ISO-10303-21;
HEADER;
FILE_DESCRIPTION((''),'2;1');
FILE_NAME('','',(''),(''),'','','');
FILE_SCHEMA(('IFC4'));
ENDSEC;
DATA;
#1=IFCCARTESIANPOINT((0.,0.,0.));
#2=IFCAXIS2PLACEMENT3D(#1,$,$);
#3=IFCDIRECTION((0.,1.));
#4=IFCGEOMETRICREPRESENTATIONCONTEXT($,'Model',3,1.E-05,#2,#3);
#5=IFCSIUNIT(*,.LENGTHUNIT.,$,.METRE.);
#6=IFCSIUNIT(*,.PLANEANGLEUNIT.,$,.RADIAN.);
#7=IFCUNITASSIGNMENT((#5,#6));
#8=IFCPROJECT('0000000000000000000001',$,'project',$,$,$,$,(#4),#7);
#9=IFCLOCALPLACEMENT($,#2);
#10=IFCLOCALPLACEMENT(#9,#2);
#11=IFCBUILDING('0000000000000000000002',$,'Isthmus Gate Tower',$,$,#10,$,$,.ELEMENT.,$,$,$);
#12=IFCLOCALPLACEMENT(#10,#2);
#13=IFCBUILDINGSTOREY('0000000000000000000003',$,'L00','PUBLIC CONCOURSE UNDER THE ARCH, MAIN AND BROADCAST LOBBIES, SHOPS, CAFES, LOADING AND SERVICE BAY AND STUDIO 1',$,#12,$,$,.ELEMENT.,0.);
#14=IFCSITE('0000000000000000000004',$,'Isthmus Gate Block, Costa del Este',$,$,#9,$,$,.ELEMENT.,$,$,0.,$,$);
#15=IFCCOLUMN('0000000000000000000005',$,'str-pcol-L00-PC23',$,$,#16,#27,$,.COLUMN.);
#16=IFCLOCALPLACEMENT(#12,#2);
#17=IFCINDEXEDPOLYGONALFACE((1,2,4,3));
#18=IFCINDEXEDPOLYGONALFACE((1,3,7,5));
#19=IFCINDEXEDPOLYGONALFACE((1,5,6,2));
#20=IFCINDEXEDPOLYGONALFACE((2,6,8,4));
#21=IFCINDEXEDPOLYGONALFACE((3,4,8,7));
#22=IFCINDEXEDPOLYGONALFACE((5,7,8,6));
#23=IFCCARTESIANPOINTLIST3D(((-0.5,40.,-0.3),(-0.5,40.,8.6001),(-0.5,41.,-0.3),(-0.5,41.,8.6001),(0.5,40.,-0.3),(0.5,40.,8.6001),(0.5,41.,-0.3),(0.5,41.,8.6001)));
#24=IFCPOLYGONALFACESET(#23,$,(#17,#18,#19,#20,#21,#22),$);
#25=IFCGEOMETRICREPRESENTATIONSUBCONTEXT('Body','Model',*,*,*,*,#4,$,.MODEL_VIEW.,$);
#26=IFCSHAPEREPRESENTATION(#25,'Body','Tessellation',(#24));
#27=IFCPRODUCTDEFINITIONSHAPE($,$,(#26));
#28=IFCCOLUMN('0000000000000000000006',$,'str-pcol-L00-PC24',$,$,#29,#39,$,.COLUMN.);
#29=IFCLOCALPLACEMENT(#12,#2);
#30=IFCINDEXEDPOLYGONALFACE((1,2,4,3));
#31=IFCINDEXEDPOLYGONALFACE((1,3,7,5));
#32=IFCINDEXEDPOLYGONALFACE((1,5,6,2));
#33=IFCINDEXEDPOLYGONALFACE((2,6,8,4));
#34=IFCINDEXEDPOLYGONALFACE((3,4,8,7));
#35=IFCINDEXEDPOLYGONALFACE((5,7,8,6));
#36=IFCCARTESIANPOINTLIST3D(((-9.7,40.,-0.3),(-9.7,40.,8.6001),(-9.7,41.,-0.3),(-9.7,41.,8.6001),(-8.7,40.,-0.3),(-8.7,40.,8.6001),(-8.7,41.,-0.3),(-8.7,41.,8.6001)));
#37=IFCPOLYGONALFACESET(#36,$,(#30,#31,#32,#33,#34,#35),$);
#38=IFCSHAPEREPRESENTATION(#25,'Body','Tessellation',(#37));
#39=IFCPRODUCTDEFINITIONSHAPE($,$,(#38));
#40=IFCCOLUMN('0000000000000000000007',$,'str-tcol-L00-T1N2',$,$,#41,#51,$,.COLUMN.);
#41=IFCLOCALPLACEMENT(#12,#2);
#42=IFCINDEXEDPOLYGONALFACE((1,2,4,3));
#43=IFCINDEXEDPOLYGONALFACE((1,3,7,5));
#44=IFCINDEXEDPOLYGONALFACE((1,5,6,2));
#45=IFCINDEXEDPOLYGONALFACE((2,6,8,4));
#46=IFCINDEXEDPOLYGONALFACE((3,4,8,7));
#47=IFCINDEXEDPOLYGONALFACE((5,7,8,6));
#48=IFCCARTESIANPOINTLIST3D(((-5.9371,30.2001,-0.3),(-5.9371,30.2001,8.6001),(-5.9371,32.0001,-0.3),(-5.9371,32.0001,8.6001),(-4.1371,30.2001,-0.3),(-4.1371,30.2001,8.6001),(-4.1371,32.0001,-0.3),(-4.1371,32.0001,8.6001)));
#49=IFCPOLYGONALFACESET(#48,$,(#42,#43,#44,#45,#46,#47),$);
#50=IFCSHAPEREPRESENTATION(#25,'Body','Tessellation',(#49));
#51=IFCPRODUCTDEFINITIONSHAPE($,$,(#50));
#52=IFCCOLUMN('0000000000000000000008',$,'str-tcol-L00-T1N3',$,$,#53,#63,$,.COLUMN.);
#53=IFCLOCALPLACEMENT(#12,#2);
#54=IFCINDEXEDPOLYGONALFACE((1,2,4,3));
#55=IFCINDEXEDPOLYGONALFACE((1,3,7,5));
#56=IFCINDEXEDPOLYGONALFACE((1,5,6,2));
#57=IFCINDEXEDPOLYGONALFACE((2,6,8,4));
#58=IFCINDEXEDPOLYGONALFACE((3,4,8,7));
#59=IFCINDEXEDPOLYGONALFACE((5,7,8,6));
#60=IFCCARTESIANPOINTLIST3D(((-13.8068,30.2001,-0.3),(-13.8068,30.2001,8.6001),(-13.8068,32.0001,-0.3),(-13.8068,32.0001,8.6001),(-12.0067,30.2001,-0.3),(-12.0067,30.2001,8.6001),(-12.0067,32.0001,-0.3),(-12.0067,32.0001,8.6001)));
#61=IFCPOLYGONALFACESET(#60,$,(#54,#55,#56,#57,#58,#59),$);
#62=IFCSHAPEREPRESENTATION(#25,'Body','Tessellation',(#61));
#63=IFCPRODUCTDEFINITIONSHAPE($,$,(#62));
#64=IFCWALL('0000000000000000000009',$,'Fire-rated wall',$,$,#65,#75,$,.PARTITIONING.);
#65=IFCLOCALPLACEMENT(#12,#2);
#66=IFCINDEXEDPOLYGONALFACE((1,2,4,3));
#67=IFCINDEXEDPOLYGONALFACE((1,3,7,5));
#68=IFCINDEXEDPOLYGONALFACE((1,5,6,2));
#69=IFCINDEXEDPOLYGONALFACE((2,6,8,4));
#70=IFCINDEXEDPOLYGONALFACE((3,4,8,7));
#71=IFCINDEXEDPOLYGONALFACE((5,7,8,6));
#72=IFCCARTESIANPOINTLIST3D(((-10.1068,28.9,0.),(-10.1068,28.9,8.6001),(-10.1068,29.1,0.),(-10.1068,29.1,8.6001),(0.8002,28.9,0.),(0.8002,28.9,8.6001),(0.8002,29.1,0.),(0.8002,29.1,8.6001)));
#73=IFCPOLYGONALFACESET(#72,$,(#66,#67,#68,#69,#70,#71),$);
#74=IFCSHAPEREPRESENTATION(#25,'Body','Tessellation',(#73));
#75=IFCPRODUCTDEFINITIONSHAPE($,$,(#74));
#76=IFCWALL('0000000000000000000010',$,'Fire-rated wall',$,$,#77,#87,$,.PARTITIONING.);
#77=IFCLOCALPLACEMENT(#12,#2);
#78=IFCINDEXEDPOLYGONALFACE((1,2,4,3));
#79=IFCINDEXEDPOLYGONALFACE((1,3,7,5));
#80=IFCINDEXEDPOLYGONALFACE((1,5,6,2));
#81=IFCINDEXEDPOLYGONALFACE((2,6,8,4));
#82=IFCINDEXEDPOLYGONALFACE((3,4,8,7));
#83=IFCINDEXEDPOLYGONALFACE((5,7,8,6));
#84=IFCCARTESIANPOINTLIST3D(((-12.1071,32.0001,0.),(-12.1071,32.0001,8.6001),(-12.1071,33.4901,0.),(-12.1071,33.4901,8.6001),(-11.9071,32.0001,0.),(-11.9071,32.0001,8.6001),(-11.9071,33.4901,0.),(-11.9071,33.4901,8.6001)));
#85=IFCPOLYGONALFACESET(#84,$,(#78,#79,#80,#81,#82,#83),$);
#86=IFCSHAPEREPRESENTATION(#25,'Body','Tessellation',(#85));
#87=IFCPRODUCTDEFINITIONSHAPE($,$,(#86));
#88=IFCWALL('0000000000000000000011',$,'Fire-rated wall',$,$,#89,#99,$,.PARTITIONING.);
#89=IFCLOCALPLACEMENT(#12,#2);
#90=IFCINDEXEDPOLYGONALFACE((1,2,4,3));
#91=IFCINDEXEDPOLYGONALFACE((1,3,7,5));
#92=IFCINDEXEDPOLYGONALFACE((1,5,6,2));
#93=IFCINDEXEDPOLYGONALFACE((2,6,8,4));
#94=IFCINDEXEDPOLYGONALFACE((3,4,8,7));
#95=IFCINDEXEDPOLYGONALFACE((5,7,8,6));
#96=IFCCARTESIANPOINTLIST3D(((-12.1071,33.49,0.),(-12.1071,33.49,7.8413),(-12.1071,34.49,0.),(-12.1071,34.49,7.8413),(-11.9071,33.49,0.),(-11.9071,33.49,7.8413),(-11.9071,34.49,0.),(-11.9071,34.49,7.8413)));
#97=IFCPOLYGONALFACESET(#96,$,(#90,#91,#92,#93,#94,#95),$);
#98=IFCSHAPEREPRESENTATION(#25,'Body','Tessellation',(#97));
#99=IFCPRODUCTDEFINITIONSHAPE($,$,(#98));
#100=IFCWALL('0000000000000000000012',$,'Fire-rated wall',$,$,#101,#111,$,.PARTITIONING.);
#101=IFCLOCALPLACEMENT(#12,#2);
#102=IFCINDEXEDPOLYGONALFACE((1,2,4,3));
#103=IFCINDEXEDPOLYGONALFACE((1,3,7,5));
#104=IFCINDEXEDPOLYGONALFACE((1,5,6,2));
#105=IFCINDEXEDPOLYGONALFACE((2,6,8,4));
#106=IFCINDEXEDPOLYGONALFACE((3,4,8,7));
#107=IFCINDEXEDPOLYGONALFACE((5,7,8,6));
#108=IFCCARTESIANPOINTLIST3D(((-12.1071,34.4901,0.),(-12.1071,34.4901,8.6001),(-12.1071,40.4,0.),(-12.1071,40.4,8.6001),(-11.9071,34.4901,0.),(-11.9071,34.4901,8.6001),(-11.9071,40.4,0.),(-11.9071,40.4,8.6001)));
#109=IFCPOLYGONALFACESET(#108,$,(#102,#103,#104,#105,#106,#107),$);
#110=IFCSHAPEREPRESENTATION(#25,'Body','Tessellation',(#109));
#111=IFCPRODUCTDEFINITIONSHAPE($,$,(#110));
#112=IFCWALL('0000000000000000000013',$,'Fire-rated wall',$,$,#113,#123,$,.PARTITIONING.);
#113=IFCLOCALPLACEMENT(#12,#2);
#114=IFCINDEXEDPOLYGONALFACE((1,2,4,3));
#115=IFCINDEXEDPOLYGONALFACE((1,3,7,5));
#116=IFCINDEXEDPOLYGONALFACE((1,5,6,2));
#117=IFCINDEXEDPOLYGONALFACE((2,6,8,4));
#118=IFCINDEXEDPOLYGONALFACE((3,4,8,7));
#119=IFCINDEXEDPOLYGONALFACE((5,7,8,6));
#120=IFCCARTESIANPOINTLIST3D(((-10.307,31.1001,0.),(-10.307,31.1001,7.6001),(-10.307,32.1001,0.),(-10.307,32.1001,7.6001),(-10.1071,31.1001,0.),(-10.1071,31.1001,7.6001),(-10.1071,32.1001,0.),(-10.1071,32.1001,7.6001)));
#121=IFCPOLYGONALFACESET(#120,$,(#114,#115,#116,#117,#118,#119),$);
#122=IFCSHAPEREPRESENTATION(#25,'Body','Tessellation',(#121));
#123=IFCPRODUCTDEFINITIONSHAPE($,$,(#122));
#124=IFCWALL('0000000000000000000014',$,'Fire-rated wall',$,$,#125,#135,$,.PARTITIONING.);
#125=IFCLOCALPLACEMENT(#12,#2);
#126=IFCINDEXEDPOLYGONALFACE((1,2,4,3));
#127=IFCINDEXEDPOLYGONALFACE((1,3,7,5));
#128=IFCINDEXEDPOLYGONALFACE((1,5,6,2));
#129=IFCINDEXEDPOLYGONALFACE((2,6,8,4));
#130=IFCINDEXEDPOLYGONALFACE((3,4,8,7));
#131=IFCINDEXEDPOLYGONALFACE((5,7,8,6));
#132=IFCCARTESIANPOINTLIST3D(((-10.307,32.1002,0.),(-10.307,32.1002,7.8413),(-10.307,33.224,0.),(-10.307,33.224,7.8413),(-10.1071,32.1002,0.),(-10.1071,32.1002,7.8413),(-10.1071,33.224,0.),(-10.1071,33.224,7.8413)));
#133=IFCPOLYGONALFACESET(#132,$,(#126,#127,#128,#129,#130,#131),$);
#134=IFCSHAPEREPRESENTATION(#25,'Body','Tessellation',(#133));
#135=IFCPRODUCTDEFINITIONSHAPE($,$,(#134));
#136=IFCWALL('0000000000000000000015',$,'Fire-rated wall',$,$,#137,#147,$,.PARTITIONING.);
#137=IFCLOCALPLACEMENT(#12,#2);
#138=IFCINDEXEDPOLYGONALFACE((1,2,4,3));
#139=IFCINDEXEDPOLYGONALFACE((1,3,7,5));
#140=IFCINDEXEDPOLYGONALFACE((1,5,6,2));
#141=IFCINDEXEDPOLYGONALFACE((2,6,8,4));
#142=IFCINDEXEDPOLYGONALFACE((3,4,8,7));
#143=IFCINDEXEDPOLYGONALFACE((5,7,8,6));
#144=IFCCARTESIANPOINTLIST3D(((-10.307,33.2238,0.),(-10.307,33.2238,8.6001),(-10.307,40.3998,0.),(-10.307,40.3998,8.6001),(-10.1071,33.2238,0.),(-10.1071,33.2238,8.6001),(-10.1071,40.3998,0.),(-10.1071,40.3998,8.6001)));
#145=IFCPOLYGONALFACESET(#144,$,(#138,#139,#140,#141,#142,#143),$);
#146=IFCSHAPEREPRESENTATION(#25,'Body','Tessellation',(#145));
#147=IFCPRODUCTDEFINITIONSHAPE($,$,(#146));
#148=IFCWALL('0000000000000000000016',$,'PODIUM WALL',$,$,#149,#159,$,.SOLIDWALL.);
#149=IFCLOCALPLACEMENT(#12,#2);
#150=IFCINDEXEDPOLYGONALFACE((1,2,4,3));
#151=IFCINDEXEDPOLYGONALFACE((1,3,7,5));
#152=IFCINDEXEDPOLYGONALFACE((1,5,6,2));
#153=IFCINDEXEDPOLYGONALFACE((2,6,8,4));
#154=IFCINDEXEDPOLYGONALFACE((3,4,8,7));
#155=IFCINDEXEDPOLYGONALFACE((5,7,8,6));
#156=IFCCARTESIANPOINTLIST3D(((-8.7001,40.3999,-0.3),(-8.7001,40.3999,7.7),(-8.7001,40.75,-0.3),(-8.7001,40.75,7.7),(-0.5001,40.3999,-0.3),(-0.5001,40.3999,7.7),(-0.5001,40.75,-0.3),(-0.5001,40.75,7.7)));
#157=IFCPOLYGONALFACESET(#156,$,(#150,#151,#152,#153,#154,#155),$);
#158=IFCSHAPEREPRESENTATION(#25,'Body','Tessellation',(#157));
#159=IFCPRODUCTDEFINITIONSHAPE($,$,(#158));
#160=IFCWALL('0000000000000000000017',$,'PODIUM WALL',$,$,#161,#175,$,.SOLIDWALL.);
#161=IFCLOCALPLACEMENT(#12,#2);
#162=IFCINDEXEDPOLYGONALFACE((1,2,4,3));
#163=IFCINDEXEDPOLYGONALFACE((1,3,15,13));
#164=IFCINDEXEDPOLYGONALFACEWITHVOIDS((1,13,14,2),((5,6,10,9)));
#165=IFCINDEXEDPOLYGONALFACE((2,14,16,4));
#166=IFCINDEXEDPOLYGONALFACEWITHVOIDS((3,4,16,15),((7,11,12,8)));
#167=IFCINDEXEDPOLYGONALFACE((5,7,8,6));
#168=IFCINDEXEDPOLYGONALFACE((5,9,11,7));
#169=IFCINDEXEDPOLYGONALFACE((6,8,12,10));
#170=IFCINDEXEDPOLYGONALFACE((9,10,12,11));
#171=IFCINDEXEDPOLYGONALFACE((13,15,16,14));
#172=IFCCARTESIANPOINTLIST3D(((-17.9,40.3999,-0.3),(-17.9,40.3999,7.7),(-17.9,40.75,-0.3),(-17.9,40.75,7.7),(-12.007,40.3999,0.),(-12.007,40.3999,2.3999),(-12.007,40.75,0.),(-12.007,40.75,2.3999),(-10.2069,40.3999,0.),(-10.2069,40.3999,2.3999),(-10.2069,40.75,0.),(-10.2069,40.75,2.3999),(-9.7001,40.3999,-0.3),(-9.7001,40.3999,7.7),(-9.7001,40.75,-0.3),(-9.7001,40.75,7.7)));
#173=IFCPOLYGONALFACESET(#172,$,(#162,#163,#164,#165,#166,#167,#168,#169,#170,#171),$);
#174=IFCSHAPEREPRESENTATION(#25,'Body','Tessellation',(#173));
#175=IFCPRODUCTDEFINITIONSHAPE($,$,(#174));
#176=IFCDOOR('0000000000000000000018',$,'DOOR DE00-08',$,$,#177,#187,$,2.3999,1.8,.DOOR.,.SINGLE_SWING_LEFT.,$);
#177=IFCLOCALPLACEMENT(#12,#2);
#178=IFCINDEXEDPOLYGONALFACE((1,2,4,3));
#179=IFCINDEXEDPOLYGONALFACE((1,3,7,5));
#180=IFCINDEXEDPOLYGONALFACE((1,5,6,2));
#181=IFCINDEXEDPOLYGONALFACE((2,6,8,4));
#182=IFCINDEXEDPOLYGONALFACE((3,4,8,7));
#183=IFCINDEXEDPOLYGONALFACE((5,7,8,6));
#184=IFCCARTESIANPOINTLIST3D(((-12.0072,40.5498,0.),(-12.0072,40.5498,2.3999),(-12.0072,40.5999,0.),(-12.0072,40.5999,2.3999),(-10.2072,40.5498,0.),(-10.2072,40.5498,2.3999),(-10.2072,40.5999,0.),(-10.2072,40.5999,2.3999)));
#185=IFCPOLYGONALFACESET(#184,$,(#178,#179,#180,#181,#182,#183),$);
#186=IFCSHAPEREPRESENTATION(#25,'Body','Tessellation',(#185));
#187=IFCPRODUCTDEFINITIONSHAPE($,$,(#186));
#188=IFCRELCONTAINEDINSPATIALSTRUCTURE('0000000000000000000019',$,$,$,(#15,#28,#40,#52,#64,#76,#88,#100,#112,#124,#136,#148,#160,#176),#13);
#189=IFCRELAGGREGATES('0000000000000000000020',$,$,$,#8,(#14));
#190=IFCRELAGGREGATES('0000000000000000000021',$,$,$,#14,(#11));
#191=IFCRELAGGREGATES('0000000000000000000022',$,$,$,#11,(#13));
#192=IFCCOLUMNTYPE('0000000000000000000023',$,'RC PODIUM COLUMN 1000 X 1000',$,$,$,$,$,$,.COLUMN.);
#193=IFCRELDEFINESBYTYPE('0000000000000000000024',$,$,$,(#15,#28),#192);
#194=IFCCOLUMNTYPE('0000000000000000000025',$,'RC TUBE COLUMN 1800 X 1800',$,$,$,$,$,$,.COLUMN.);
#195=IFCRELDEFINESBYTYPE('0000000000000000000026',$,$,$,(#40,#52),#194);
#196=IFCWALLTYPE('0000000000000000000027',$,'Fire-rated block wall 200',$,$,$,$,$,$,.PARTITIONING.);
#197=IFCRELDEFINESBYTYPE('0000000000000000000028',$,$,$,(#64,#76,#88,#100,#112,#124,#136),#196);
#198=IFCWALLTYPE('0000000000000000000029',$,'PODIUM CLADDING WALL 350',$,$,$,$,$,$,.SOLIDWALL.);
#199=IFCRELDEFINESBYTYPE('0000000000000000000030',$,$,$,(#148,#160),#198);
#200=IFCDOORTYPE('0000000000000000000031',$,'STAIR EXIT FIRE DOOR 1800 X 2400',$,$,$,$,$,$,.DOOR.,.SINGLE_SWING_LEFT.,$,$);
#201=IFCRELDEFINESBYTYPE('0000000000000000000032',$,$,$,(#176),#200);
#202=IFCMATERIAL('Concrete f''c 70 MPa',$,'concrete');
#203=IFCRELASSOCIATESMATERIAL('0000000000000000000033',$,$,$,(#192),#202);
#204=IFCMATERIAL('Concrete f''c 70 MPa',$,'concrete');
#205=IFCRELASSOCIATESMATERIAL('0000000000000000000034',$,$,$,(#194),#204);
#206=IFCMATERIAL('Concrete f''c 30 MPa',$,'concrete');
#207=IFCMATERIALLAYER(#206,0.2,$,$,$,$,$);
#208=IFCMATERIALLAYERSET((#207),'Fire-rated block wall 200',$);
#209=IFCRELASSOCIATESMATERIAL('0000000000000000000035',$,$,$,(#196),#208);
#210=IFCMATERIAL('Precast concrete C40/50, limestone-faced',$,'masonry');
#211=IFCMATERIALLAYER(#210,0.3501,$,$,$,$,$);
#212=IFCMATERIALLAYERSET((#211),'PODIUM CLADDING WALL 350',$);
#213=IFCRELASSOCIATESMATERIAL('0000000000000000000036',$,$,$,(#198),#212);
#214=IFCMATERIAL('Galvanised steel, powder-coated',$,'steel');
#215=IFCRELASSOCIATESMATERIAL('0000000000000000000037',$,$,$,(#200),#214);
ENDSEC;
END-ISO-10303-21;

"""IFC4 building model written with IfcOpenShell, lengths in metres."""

from ifc_helpers import new_model, si_unit, direction, frame, frame_2d, origin, origin_2d, place, context, subcontext, project, spatial, rectangle, extrude, material, layer, layer_set, material_profile, profile_set, type_object, element, fill, save


model = new_model("IFC4")

# Units and contexts
model_context = context("Model", 3, precision=1e-05, world=origin(), true_north=direction((0.0, 1.0)))
body_context = subcontext(model_context, "Body", "Model", "MODEL_VIEW")
ifc_project = project(units=[si_unit("LENGTHUNIT", "METRE"), si_unit("PLANEANGLEUNIT", "RADIAN")], contexts=[model_context])

# Site, building, storey
site_placement = place(None, origin())
site = spatial("IfcSite", under=ifc_project, at=site_placement, Name="Isthmus Gate Block, Costa del Este", CompositionType="ELEMENT", RefElevation=0.0)
building_placement = place(site_placement, origin())
building = spatial("IfcBuilding", under=site, at=building_placement, Name="Isthmus Gate Tower", CompositionType="ELEMENT")
storey_placement = place(building_placement, origin())
storey = spatial("IfcBuildingStorey", under=building, at=storey_placement, Name="L00", Description="PUBLIC CONCOURSE UNDER THE ARCH, MAIN AND BROADCAST LOBBIES, SHOPS, CAFES, LOADING AND SERVICE BAY AND STUDIO 1", CompositionType="ELEMENT", Elevation=0.0)

# Columns
ifc_material_1 = material(Name="Concrete f'c 70 MPa", Category="concrete")
ifc_material_profile_1 = material_profile(ifc_material_1, rectangle(XDim=1.0, YDim=1.0, at=origin_2d()), Name="RC 1000X1000")
ifc_profile_set_1 = profile_set([ifc_material_profile_1], Name="Concrete f'c 70 MPa")
column_type_1 = type_object("IfcColumnType", Name="RC PODIUM COLUMN 1000 X 1000", PredefinedType="COLUMN", material=ifc_profile_set_1)
for number, where, z_axis, x_axis, name in (
    (1, (0.0, 40.5, -0.3), (0.0, 0.0, 1.0), (-1.0, 0.0, 0.0), "str-pcol-L00-PC23"),
    (2, (-9.2, 40.5, -0.3), (0.0, 0.0, 1.0), (-1.0, 0.0, 0.0), "str-pcol-L00-PC24"),
):
    element("IfcColumn", number, at=place(storey_placement, frame(where, z_axis=z_axis, x_axis=x_axis)), inside=storey, type_object=column_type_1, Name=name, PredefinedType="COLUMN", context=body_context, shape_type="SweptSolid", body=[
        extrude(rectangle(XDim=1.0, YDim=1.0, at=origin_2d()), origin(), (0.0, 0.0, 1.0), 8.9001),
    ])
ifc_material_2 = material(Name="Concrete f'c 70 MPa", Category="concrete")
ifc_material_profile_2 = material_profile(ifc_material_2, rectangle(XDim=1.8, YDim=1.8, at=origin_2d()), Name="RC 1800X1800")
ifc_profile_set_2 = profile_set([ifc_material_profile_2], Name="Concrete f'c 70 MPa")
column_type_2 = type_object("IfcColumnType", Name="RC TUBE COLUMN 1800 X 1800", PredefinedType="COLUMN", material=ifc_profile_set_2)
for number, where, z_axis, x_axis, name in (
    (3, (-5.0371, 31.1001, -0.3), (0.0, 0.0, 1.0), (-1.0, 0.0, 0.0), "str-tcol-L00-T1N2"),
    (4, (-12.9067, 31.1001, -0.3), (0.0, 0.0, 1.0), (-1.0, 0.0, 0.0), "str-tcol-L00-T1N3"),
):
    element("IfcColumn", number, at=place(storey_placement, frame(where, z_axis=z_axis, x_axis=x_axis)), inside=storey, type_object=column_type_2, Name=name, PredefinedType="COLUMN", context=body_context, shape_type="SweptSolid", body=[
        extrude(rectangle(XDim=1.8, YDim=1.8, at=origin_2d()), origin(), (0.0, 0.0, 1.0), 8.9001),
    ])

# Walls
ifc_material_3 = material(Name="Concrete f'c 30 MPa", Category="concrete")
ifc_layer_1 = layer(ifc_material_3, 0.2)
ifc_layer_set_1 = layer_set([ifc_layer_1], Name="Fire-rated block wall 200")
wall_type_1 = type_object("IfcWallType", Name="Fire-rated block wall 200", PredefinedType="PARTITIONING", material=ifc_layer_set_1)
wall_1_placement = place(storey_placement, frame((-10.1069, 29.0, 0.0), z_axis=(0.0, 0.0, 1.0), x_axis=(1.0, 0.0, 0.0)))
element("IfcWall", 5, at=wall_1_placement, inside=storey, type_object=wall_type_1, Name="Fire-rated wall", PredefinedType="PARTITIONING", context=body_context, shape_type="SweptSolid", body=[
    extrude(rectangle(XDim=10.907, YDim=0.2, at=frame_2d((5.4536, 0.0))), origin(), (0.0, 0.0, 1.0), 8.6001),
])
wall_2_placement = place(storey_placement, frame((-12.0071, 32.0, 0.0), z_axis=(0.0, 0.0, 1.0), x_axis=(0.0, 1.0, 0.0)))
element("IfcWall", 6, at=wall_2_placement, inside=storey, type_object=wall_type_1, Name="Fire-rated wall", PredefinedType="PARTITIONING", context=body_context, shape_type="SweptSolid", body=[
    extrude(rectangle(XDim=1.49, YDim=0.2, at=frame_2d((0.7451, 0.0))), origin(), (0.0, 0.0, 1.0), 8.6001),
])
wall_3_placement = place(storey_placement, frame((-12.0071, 33.49, 0.0), z_axis=(0.0, 0.0, 1.0), x_axis=(0.0, 1.0, 0.0)))
element("IfcWall", 7, at=wall_3_placement, inside=storey, type_object=wall_type_1, Name="Fire-rated wall", PredefinedType="PARTITIONING", context=body_context, shape_type="SweptSolid", body=[
    extrude(rectangle(XDim=1.0, YDim=0.2, at=frame_2d((0.5, 0.0))), origin(), (0.0, 0.0, 1.0), 7.8413),
])
wall_4_placement = place(storey_placement, frame((-12.0071, 34.49, 0.0), z_axis=(0.0, 0.0, 1.0), x_axis=(0.0, 1.0, 0.0)))
element("IfcWall", 8, at=wall_4_placement, inside=storey, type_object=wall_type_1, Name="Fire-rated wall", PredefinedType="PARTITIONING", context=body_context, shape_type="SweptSolid", body=[
    extrude(rectangle(XDim=5.9099, YDim=0.2, at=frame_2d((2.9551, 0.0))), origin(), (0.0, 0.0, 1.0), 8.6001),
])
wall_5_placement = place(storey_placement, frame((-10.207, 31.1001, 0.0), z_axis=(0.0, 0.0, 1.0), x_axis=(0.0, 1.0, 0.0)))
element("IfcWall", 9, at=wall_5_placement, inside=storey, type_object=wall_type_1, Name="Fire-rated wall", PredefinedType="PARTITIONING", context=body_context, shape_type="SweptSolid", body=[
    extrude(rectangle(XDim=1.0, YDim=0.2, at=frame_2d((0.5, 0.0))), origin(), (0.0, 0.0, 1.0), 7.6001),
])
wall_6_placement = place(storey_placement, frame((-10.207, 32.1001, 0.0), z_axis=(0.0, 0.0, 1.0), x_axis=(0.0, 1.0, 0.0)))
element("IfcWall", 10, at=wall_6_placement, inside=storey, type_object=wall_type_1, Name="Fire-rated wall", PredefinedType="PARTITIONING", context=body_context, shape_type="SweptSolid", body=[
    extrude(rectangle(XDim=1.1238, YDim=0.2, at=frame_2d((0.562, 0.0))), origin(), (0.0, 0.0, 1.0), 7.8413),
])
wall_7_placement = place(storey_placement, frame((-10.207, 33.2239, 0.0), z_axis=(0.0, 0.0, 1.0), x_axis=(0.0, 1.0, 0.0)))
element("IfcWall", 11, at=wall_7_placement, inside=storey, type_object=wall_type_1, Name="Fire-rated wall", PredefinedType="PARTITIONING", context=body_context, shape_type="SweptSolid", body=[
    extrude(rectangle(XDim=7.176, YDim=0.2, at=frame_2d((3.5879, 0.0))), origin(), (0.0, 0.0, 1.0), 8.6001),
])
ifc_material_4 = material(Name="Precast concrete C40/50, limestone-faced", Category="masonry")
ifc_layer_2 = layer(ifc_material_4, 0.3501)
ifc_layer_set_2 = layer_set([ifc_layer_2], Name="PODIUM CLADDING WALL 350")
wall_type_2 = type_object("IfcWallType", Name="PODIUM CLADDING WALL 350", PredefinedType="SOLIDWALL", material=ifc_layer_set_2)
wall_8_placement = place(storey_placement, frame((-0.5, 40.575, -0.3), z_axis=(0.0, 0.0, 1.0), x_axis=(-1.0, 0.0, 0.0)))
element("IfcWall", 12, at=wall_8_placement, inside=storey, type_object=wall_type_2, Name="PODIUM WALL", PredefinedType="SOLIDWALL", context=body_context, shape_type="SweptSolid", body=[
    extrude(rectangle(XDim=8.2, YDim=0.3501, at=frame_2d((4.1001, 0.0))), origin(), (0.0, 0.0, 1.0), 8.0),
])

# Wall, opening, door
wall_9_placement = place(storey_placement, frame((-9.7, 40.575, -0.3), z_axis=(0.0, 0.0, 1.0), x_axis=(-1.0, 0.0, 0.0)))
wall_9 = element("IfcWall", 13, at=wall_9_placement, inside=storey, type_object=wall_type_2, Name="PODIUM WALL", PredefinedType="SOLIDWALL", context=body_context, shape_type="SweptSolid", body=[
    extrude(rectangle(XDim=8.2, YDim=0.3501, at=frame_2d((4.1001, 0.0))), origin(), (0.0, 0.0, 1.0), 8.0),
])
opening_placement = place(wall_9_placement, frame((0.5071, 0.0, 0.3)))
opening = element("IfcOpeningElement", 14, at=opening_placement, cuts=wall_9, PredefinedType="OPENING", context=body_context, shape_type="SweptSolid", body=[
    extrude(rectangle(XDim=1.8, YDim=2.3999, at=frame_2d((0.8999, 1.2))), frame((0.0, 0.1851, 0.0), z_axis=(0.0, -1.0, 0.0), x_axis=(1.0, 0.0, 0.0)), (0.0, 0.0, 1.0), 0.3701),
])
ifc_material_5 = material(Name="Galvanised steel, powder-coated", Category="steel")
door_type = type_object("IfcDoorType", Name="STAIR EXIT FIRE DOOR 1800 X 2400", OperationType="SINGLE_SWING_LEFT", PredefinedType="DOOR", material=ifc_material_5)
door_placement = place(opening_placement, frame((1.8, 0.0, 0.0), z_axis=(0.0, 0.0, 1.0), x_axis=(-1.0, 0.0, 0.0)))
door = element("IfcDoor", 15, at=door_placement, inside=storey, type_object=door_type, Name="DOOR DE00-08", OperationType="SINGLE_SWING_LEFT", OverallHeight=2.3999, OverallWidth=1.8, PredefinedType="DOOR", context=body_context, shape_type="SweptSolid", body=[
    extrude(rectangle(XDim=1.8, YDim=2.3999, at=frame_2d((0.8999, 1.2))), frame((0.0, 0.0249, 0.0), z_axis=(0.0, -1.0, 0.0), x_axis=(1.0, 0.0, 0.0)), (0.0, 0.0, 1.0), 0.05),
])
fill(opening, door)

save(model, "model.ifc")
